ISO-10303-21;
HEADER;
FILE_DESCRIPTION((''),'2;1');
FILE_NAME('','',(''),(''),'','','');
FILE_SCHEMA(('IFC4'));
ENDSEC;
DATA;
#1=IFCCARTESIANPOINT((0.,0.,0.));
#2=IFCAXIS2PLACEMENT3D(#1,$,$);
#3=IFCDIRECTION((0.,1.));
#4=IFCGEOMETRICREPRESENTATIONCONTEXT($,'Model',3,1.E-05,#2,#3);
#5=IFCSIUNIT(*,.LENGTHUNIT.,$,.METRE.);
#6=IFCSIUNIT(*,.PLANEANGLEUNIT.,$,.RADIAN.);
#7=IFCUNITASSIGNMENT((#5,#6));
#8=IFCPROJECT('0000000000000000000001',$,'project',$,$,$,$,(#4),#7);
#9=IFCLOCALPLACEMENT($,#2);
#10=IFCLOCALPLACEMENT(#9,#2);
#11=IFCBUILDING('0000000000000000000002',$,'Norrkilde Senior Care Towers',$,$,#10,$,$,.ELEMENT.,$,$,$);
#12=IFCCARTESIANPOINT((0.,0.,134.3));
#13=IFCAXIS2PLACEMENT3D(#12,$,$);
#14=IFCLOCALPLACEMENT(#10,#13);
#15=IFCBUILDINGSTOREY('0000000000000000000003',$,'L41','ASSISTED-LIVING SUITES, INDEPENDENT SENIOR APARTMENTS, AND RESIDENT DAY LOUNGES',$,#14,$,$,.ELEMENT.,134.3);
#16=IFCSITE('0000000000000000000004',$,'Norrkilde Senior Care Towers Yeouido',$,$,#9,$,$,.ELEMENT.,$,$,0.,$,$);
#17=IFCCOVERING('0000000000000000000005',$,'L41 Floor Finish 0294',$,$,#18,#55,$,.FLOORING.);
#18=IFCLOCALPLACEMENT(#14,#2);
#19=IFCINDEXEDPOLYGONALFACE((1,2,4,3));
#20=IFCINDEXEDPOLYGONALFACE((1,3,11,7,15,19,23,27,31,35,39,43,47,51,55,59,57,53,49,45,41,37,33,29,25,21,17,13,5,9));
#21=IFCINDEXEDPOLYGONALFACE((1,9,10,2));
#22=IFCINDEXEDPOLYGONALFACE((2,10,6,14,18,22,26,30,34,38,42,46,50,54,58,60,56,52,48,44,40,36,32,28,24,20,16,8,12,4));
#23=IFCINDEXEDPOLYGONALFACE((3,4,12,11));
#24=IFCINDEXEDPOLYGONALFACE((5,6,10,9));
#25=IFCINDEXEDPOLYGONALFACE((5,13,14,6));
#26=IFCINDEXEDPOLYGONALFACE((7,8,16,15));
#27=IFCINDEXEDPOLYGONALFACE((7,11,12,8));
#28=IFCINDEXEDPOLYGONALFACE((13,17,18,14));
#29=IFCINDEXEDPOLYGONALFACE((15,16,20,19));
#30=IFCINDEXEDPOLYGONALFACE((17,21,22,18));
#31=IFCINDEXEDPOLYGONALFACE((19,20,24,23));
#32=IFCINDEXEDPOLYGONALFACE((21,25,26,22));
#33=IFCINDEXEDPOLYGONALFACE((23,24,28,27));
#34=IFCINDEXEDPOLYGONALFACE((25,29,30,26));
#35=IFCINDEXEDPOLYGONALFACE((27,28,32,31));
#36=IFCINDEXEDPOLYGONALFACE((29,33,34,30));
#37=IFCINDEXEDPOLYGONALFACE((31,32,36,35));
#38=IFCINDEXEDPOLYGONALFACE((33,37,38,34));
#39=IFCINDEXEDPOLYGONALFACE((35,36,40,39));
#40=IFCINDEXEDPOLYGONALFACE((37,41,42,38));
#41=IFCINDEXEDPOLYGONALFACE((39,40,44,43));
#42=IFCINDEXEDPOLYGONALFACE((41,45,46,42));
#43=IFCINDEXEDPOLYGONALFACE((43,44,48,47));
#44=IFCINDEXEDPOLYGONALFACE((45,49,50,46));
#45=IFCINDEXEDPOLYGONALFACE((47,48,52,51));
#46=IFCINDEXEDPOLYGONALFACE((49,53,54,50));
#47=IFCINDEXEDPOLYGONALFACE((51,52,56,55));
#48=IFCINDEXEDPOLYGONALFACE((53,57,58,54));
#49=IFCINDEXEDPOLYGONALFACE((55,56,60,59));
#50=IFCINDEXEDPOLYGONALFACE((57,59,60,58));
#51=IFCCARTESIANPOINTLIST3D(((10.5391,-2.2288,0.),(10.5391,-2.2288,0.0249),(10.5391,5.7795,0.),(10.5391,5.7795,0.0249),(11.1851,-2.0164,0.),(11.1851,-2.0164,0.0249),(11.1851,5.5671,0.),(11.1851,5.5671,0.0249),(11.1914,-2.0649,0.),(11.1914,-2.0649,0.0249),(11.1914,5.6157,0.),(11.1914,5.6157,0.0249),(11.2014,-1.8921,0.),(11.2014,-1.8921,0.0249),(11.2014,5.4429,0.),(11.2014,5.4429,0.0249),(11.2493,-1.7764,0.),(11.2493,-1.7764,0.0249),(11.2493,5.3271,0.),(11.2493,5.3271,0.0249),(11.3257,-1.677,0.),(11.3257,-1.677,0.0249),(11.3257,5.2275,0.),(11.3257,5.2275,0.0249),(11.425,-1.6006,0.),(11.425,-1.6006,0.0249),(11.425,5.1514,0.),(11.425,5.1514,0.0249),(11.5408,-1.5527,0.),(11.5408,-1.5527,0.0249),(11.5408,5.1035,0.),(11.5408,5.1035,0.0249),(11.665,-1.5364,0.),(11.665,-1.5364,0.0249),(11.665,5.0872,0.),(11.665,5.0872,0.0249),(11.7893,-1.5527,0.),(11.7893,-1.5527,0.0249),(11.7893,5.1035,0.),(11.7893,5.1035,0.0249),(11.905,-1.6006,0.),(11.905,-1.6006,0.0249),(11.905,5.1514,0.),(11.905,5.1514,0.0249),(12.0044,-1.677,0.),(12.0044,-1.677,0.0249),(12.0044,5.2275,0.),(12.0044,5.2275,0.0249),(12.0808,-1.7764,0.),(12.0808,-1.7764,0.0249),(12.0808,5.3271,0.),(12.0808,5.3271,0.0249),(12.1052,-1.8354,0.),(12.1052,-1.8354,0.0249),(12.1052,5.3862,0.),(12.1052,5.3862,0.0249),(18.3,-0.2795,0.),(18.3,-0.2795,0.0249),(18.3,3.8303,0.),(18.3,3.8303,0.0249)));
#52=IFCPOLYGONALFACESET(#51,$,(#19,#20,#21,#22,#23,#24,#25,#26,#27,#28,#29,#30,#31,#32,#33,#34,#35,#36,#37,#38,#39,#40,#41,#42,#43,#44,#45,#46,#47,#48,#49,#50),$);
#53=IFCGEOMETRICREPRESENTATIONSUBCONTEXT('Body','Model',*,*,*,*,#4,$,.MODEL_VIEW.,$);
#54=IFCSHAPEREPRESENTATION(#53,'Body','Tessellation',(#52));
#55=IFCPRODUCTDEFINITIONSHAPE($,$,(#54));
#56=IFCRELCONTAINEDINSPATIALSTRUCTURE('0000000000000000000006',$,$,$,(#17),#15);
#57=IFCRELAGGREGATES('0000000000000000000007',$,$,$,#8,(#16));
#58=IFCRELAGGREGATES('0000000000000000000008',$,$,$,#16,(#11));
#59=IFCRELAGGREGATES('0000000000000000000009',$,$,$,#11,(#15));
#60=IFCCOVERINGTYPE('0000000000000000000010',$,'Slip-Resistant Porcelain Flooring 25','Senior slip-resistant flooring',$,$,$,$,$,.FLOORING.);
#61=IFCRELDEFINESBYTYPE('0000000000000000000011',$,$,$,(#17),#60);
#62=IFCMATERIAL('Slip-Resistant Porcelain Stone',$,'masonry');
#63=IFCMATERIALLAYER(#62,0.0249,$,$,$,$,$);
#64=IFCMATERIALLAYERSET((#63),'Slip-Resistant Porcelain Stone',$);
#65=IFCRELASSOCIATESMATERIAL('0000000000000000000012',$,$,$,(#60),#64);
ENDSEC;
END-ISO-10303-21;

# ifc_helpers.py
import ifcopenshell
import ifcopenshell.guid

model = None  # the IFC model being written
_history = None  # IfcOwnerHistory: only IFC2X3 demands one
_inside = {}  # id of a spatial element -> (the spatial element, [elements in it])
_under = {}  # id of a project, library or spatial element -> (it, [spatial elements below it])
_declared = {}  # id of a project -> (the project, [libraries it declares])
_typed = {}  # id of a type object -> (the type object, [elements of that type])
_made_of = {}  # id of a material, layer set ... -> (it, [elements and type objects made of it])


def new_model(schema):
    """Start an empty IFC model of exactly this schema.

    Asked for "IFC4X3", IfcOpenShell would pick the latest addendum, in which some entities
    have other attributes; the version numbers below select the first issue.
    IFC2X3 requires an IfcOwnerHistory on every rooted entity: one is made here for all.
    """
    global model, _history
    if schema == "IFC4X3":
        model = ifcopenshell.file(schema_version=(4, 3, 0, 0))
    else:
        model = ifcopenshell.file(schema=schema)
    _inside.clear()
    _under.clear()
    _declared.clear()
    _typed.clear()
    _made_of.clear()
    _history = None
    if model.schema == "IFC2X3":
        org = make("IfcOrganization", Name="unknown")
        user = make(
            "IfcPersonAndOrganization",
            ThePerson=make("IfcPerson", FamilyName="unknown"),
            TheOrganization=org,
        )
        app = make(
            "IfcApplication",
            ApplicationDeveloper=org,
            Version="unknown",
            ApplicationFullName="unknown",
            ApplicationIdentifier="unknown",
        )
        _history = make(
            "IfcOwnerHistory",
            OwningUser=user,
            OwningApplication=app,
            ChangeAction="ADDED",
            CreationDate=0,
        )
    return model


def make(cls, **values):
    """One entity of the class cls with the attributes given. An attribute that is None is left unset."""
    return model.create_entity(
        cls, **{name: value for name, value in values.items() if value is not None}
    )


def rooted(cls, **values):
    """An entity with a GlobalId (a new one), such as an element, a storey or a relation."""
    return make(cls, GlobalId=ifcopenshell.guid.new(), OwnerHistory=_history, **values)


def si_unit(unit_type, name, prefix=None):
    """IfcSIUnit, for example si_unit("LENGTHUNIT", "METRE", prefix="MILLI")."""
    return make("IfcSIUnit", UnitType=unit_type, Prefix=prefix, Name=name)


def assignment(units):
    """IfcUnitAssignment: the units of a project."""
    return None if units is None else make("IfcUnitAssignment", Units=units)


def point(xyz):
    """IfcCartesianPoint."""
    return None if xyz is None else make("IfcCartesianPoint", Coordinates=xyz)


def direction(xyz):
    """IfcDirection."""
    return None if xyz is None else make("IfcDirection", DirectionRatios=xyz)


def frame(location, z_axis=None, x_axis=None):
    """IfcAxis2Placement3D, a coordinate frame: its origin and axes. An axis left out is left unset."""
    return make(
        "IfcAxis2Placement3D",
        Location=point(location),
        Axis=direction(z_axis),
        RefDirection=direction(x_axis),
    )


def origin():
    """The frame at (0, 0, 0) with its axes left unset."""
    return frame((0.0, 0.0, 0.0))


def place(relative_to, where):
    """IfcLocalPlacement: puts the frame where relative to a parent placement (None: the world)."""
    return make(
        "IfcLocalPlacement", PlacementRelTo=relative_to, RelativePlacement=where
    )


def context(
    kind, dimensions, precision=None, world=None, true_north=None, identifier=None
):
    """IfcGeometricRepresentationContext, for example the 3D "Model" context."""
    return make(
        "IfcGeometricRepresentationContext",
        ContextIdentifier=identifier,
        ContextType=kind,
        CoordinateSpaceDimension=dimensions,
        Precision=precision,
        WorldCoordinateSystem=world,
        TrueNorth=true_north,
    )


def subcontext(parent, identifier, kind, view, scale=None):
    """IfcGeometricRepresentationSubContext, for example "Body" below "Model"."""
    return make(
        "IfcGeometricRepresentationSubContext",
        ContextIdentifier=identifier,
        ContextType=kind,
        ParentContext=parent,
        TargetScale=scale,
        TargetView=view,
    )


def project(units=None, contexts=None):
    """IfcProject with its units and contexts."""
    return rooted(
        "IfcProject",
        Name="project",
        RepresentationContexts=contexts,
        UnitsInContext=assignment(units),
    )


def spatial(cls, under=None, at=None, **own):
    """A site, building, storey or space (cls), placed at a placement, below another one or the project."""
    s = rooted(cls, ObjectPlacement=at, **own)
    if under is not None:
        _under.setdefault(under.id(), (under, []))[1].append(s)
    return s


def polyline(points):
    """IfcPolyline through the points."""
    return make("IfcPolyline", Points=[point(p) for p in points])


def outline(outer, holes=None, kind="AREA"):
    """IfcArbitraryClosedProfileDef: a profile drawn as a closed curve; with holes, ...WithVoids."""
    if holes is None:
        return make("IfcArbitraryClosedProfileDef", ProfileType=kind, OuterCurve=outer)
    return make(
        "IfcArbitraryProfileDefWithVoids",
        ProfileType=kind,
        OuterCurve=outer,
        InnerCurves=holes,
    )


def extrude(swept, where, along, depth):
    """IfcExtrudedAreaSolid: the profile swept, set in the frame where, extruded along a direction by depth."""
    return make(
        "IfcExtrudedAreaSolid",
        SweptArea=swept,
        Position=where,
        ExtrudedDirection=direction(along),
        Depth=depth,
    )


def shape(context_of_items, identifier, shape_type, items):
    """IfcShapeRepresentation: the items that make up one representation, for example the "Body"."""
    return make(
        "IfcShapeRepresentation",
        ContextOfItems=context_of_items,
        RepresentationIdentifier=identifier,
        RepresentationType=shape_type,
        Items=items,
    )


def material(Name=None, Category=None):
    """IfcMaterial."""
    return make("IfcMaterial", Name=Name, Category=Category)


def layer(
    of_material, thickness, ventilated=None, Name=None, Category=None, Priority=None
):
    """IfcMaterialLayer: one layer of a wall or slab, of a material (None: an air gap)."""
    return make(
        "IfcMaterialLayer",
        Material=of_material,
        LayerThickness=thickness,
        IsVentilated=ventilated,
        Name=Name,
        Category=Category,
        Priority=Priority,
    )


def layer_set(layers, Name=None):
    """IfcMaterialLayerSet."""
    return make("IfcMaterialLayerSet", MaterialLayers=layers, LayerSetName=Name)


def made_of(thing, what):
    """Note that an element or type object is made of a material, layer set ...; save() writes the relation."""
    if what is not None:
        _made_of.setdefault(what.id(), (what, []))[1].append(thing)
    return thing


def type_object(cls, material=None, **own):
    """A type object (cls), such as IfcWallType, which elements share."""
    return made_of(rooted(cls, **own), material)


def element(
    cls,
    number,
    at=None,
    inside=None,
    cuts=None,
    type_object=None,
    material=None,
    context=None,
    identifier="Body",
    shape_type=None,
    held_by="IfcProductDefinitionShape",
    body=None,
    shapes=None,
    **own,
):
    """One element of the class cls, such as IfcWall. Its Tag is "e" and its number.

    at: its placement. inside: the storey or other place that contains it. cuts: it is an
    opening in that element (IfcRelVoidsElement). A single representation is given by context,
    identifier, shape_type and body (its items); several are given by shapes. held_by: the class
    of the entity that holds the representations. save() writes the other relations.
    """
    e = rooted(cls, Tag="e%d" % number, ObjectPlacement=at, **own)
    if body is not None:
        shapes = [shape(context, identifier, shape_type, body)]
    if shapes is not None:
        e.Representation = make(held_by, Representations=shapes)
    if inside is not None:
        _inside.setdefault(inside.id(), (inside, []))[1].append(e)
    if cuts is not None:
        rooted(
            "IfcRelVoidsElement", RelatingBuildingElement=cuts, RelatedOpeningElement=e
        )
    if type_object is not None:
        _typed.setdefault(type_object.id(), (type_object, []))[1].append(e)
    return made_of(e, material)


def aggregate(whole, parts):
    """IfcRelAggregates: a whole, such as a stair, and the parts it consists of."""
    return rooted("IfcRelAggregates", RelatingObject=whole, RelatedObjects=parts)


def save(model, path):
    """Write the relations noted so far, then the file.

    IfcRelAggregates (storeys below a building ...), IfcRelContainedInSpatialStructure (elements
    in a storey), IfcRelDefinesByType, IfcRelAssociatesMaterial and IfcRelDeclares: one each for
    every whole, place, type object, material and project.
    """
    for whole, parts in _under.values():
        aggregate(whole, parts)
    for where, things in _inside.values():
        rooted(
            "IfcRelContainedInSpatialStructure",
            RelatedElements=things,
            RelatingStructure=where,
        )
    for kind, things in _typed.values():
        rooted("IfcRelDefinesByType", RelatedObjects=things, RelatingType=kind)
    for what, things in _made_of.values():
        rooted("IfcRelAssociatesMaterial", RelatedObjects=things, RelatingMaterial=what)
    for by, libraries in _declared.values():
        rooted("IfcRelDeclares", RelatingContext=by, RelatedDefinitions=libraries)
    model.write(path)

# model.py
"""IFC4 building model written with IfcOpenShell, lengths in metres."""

from ifc_helpers import new_model, si_unit, direction, frame, origin, place, context, subcontext, project, spatial, polyline, outline, extrude, material, layer, layer_set, type_object, element, save


model = new_model("IFC4")

# Units and contexts
model_context = context("Model", 3, precision=1e-05, world=origin(), true_north=direction((0.0, 1.0)))
body_context = subcontext(model_context, "Body", "Model", "MODEL_VIEW")
ifc_project = project(units=[si_unit("LENGTHUNIT", "METRE"), si_unit("PLANEANGLEUNIT", "RADIAN")], contexts=[model_context])

# Site, building, storey
site_placement = place(None, origin())
site = spatial("IfcSite", under=ifc_project, at=site_placement, Name="Norrkilde Senior Care Towers Yeouido", CompositionType="ELEMENT", RefElevation=0.0)
building_placement = place(site_placement, origin())
building = spatial("IfcBuilding", under=site, at=building_placement, Name="Norrkilde Senior Care Towers", CompositionType="ELEMENT")
storey_placement = place(building_placement, frame((0.0, 0.0, 134.3)))
storey = spatial("IfcBuildingStorey", under=building, at=storey_placement, Name="L41", Description="ASSISTED-LIVING SUITES, INDEPENDENT SENIOR APARTMENTS, AND RESIDENT DAY LOUNGES", CompositionType="ELEMENT", Elevation=134.3)

# Covering
ifc_material_1 = material(Name="Slip-Resistant Porcelain Stone", Category="masonry")
ifc_layer_1 = layer(ifc_material_1, 0.0249)
ifc_layer_set_1 = layer_set([ifc_layer_1], Name="Slip-Resistant Porcelain Stone")
covering_type_1 = type_object("IfcCoveringType", Name="Slip-Resistant Porcelain Flooring 25", Description="Senior slip-resistant flooring", PredefinedType="FLOORING", material=ifc_layer_set_1)
covering_1_placement = place(storey_placement, origin())
element("IfcCovering", 1, at=covering_1_placement, inside=storey, type_object=covering_type_1, Name="L41 Floor Finish 0294", PredefinedType="FLOORING", context=body_context, shape_type="SweptSolid", body=[
    extrude(outline(polyline([(11.1851, 5.5671), (11.2014, 5.4429), (11.2493, 5.3271), (11.3257, 5.2275), (11.425, 5.1514), (11.5408, 5.1035), (11.665, 5.0872), (11.7893, 5.1035), (11.905, 5.1514), (12.0044, 5.2275), (12.0808, 5.3271), (12.1052, 5.3862), (18.3, 3.8303), (18.3, -0.2795), (12.1052, -1.8354), (12.0808, -1.7764), (12.0044, -1.677), (11.905, -1.6006), (11.7893, -1.5527), (11.665, -1.5364), (11.5408, -1.5527), (11.425, -1.6006), (11.3257, -1.677), (11.2493, -1.7764), (11.2014, -1.8921), (11.1851, -2.0164), (11.1914, -2.0649), (10.5391, -2.2288), (10.5391, 5.7795), (11.1914, 5.6157), (11.1851, 5.5671)])), origin(), (0.0, 0.0, 1.0), 0.0249),
])

save(model, "model.ifc")
